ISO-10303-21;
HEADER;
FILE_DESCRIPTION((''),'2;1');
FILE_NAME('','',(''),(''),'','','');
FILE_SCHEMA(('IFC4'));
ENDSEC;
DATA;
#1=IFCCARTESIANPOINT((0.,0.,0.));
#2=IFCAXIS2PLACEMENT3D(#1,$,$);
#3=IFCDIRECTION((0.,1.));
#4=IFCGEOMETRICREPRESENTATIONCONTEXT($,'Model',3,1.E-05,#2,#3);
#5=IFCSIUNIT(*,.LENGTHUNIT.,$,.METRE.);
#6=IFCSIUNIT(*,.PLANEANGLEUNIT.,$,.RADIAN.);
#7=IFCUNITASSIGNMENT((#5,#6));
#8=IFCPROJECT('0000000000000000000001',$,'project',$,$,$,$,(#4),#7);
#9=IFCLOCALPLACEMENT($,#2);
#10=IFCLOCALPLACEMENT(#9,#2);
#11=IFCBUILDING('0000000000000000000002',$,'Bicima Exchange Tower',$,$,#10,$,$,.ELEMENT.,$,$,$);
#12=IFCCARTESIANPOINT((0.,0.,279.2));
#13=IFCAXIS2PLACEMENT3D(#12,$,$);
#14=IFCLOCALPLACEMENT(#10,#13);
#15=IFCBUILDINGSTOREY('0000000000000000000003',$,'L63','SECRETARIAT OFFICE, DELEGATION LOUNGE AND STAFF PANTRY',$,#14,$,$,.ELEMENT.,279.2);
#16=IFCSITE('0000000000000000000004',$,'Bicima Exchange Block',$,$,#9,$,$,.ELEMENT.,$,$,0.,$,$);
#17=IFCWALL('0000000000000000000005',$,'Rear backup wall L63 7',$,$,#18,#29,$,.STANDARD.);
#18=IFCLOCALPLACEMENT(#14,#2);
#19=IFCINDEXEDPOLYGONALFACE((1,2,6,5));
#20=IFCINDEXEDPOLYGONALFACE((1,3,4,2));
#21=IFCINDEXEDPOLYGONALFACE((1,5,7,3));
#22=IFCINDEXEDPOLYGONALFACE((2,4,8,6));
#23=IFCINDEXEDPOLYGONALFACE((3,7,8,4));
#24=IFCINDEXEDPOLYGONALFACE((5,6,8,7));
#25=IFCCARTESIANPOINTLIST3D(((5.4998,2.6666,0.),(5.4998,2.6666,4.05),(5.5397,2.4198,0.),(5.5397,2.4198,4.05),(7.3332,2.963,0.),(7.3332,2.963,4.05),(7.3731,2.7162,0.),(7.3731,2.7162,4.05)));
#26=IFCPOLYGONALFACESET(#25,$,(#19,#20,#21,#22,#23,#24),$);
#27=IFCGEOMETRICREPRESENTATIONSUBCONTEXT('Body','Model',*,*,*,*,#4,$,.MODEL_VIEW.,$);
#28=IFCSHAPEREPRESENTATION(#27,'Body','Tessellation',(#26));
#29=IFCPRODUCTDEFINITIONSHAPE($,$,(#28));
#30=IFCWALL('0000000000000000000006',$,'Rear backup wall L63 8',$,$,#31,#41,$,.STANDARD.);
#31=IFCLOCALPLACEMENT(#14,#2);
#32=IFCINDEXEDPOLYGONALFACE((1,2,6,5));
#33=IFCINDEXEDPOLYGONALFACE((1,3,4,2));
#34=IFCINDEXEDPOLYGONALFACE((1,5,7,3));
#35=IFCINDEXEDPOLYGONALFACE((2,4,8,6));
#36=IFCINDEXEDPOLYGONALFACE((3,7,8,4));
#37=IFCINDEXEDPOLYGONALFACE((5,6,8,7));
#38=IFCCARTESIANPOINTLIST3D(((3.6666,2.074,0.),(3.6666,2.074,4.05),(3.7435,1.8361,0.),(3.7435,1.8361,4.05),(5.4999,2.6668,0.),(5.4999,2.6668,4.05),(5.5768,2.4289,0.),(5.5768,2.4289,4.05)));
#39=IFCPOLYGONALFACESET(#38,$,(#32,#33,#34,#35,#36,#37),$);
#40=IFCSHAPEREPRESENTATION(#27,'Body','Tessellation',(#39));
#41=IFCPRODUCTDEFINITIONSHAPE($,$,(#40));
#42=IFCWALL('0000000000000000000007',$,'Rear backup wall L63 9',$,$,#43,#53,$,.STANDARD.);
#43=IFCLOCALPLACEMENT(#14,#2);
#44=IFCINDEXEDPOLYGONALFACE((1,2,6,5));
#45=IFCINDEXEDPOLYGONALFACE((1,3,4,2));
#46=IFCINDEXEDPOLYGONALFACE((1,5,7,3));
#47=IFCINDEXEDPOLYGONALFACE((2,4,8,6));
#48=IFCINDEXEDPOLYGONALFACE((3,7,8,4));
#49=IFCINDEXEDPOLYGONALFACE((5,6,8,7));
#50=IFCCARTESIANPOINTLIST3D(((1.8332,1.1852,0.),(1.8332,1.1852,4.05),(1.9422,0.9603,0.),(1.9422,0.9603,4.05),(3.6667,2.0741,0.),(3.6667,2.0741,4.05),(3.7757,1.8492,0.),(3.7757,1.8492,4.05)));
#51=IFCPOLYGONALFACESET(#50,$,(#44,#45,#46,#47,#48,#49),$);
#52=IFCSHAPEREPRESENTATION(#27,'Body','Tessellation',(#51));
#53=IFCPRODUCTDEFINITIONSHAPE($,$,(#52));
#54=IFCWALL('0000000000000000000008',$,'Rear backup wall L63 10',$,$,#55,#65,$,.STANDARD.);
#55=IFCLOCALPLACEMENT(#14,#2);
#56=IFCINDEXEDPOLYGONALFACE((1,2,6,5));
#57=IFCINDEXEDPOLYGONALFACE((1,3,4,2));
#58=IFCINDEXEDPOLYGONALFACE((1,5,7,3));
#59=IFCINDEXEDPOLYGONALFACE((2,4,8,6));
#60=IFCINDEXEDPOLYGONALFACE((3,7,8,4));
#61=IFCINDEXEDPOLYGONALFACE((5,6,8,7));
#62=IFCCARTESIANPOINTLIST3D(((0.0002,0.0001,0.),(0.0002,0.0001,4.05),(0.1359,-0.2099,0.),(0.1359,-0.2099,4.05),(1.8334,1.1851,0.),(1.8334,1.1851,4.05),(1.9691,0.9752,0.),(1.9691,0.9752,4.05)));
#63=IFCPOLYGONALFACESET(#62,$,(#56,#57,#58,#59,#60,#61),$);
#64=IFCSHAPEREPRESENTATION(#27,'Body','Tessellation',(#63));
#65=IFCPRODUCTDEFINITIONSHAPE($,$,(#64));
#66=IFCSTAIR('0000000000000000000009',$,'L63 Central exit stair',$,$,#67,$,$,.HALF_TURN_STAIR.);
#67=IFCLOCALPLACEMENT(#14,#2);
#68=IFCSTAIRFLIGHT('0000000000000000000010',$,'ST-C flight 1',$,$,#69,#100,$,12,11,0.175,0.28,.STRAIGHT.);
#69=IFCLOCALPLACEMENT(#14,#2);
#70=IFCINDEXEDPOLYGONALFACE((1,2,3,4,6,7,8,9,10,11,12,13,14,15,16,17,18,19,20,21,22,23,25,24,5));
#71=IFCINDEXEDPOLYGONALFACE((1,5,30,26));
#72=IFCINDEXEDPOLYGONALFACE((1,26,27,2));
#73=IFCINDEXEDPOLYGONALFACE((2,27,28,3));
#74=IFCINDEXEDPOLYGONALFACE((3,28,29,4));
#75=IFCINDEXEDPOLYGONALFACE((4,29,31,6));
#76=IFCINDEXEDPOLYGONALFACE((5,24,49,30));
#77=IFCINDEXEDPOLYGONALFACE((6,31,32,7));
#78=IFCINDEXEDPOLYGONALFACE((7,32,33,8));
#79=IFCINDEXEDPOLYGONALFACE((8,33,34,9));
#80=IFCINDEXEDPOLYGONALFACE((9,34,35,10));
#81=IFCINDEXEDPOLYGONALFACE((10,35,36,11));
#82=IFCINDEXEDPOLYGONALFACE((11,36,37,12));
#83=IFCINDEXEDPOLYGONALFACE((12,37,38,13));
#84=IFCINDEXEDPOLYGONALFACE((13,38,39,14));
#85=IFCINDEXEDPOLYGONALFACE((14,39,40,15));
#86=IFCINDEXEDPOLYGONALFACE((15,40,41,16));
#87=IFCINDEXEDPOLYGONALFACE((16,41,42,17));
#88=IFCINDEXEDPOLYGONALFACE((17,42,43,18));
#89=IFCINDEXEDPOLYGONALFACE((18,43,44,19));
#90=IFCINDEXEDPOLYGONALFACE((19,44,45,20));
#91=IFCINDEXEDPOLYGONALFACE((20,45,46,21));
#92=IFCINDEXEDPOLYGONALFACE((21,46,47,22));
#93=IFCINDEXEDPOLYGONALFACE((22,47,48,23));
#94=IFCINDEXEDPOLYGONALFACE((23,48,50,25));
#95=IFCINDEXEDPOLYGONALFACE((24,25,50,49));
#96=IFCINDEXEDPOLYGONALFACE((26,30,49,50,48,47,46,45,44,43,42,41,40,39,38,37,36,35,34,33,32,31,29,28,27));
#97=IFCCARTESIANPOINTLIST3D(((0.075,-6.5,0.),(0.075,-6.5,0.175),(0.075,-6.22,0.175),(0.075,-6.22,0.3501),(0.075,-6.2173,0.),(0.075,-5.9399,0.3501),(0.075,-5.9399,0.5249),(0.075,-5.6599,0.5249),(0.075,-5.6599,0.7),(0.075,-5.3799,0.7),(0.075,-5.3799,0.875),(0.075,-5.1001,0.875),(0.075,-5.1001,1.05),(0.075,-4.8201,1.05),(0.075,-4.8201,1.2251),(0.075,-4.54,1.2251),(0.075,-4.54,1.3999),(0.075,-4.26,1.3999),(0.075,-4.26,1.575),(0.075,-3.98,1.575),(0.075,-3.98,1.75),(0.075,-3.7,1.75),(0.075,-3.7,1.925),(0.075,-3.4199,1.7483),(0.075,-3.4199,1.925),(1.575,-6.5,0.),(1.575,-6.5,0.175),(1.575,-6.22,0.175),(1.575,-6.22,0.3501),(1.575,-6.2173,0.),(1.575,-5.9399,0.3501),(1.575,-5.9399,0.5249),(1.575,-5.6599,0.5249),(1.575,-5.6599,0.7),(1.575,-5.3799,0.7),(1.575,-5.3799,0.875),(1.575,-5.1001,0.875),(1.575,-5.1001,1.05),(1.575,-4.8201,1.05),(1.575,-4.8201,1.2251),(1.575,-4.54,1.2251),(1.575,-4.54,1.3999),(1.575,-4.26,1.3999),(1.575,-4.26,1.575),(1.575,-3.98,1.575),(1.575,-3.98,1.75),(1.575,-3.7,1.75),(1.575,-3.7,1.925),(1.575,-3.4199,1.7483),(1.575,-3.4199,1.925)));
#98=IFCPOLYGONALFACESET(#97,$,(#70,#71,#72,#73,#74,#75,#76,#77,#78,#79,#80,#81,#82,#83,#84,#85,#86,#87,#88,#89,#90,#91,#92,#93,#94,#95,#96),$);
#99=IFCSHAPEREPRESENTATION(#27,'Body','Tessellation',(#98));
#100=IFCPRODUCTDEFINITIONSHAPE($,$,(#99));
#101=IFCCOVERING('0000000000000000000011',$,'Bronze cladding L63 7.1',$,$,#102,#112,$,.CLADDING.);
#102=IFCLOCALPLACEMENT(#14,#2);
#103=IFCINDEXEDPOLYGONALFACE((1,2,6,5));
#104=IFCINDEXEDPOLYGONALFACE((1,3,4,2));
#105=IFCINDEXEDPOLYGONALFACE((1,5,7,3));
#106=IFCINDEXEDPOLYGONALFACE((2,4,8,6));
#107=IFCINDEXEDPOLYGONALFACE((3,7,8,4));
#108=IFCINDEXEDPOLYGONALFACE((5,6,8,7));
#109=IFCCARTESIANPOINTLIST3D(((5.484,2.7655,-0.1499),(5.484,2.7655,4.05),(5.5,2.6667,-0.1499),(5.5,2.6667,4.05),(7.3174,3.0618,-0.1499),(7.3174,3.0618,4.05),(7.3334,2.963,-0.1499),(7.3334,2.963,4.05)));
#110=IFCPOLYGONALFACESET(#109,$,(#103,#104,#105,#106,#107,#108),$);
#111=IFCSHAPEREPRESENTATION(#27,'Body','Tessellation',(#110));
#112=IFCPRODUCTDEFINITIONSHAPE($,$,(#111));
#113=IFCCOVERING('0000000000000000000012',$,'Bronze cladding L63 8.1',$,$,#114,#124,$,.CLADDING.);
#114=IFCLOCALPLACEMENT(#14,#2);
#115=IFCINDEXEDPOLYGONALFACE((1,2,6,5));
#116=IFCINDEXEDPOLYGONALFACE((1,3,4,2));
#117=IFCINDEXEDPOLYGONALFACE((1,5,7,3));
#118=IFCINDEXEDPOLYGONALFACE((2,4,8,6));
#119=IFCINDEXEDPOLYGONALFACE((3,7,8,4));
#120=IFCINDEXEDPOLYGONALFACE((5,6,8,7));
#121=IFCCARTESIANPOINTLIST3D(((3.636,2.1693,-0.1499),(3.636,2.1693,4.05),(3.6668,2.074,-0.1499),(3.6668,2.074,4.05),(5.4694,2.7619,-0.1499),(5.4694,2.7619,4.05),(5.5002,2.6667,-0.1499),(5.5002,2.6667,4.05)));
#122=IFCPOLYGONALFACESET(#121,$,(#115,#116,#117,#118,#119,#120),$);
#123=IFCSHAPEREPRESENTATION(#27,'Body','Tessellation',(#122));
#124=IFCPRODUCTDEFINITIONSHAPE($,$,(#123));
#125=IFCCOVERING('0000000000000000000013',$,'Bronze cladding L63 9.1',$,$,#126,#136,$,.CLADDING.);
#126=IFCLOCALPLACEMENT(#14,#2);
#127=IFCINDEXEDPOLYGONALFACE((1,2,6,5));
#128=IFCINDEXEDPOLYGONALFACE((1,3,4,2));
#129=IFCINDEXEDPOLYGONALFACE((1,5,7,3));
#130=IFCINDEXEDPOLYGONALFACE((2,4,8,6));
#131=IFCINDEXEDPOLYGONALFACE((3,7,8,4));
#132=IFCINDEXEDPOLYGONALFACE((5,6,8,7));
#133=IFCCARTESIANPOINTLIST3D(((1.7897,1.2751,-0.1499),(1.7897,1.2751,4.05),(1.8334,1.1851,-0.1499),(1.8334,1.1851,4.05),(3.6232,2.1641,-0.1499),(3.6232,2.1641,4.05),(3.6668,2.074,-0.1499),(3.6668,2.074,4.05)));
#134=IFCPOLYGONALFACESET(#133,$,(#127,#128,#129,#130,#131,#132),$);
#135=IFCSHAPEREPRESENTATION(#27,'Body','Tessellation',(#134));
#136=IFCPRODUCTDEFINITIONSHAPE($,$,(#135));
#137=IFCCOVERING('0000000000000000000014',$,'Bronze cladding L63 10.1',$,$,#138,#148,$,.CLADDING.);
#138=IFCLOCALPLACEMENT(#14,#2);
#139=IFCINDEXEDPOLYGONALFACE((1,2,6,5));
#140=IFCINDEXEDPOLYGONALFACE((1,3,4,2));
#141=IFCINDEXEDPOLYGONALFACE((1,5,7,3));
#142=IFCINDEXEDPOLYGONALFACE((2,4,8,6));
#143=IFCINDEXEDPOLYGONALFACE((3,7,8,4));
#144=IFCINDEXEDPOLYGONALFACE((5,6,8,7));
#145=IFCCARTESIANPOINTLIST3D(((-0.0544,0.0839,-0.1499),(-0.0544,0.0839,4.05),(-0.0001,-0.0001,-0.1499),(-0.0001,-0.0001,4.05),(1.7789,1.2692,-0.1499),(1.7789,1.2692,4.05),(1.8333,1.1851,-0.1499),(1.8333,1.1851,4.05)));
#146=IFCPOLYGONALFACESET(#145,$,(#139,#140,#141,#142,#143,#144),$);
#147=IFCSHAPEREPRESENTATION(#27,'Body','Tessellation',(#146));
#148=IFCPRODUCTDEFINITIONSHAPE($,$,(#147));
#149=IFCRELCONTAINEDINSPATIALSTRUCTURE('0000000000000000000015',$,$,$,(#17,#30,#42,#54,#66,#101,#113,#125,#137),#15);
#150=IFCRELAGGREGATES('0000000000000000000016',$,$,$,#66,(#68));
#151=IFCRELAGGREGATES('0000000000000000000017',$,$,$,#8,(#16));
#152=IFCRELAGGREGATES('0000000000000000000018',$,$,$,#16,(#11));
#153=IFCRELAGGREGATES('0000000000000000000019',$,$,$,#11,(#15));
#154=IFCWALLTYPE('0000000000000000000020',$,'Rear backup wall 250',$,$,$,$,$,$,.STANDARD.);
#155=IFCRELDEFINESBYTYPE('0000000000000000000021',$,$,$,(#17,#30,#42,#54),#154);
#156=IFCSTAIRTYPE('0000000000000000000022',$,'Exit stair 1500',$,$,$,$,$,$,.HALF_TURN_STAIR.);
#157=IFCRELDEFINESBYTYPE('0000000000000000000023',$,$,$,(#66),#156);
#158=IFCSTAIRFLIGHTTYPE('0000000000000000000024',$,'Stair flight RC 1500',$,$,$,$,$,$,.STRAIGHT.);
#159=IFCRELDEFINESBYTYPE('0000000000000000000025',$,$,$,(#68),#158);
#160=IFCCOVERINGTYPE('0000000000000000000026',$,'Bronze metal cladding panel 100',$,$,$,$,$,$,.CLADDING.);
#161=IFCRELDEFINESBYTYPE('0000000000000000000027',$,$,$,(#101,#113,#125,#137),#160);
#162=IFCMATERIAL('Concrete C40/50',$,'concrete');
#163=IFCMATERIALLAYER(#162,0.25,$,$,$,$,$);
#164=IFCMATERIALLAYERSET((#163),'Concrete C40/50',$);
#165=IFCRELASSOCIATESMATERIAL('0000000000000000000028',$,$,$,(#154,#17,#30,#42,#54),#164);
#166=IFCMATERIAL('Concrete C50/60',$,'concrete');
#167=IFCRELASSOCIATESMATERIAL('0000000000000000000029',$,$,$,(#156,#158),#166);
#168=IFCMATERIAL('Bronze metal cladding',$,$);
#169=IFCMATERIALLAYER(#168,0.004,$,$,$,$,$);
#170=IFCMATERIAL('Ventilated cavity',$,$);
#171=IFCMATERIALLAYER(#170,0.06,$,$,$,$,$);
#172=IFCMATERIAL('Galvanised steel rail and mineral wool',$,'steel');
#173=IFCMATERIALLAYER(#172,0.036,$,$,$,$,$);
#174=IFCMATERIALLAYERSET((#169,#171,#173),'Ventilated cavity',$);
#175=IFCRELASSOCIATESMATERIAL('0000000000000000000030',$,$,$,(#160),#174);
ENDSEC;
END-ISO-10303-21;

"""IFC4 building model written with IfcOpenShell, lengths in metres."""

from ifc_helpers import new_model, si_unit, direction, frame, frame_2d, origin, origin_2d, place, context, subcontext, project, spatial, polyline, rectangle, outline, extrude, material, layer, layer_set, layer_usage, type_object, element, aggregate, save


model = new_model("IFC4")

# Units and contexts
model_context = context("Model", 3, precision=1e-05, world=origin(), true_north=direction((0.0, 1.0)))
body_context = subcontext(model_context, "Body", "Model", "MODEL_VIEW")
ifc_project = project(units=[si_unit("LENGTHUNIT", "METRE"), si_unit("PLANEANGLEUNIT", "RADIAN")], contexts=[model_context])

# Site, building, storey
site_placement = place(None, origin())
site = spatial("IfcSite", under=ifc_project, at=site_placement, Name="Bicima Exchange Block", CompositionType="ELEMENT", RefElevation=0.0)
building_placement = place(site_placement, origin())
building = spatial("IfcBuilding", under=site, at=building_placement, Name="Bicima Exchange Tower", CompositionType="ELEMENT")
storey_placement = place(building_placement, frame((0.0, 0.0, 279.2)))
storey = spatial("IfcBuildingStorey", under=building, at=storey_placement, Name="L63", Description="SECRETARIAT OFFICE, DELEGATION LOUNGE AND STAFF PANTRY", CompositionType="ELEMENT", Elevation=279.2)

# Shared definitions
ifc_material_1 = material(Name="Concrete C50/60", Category="concrete")

# Shared definitions
ifc_material_2 = material(Name="Concrete C40/50", Category="concrete")

# Walls
ifc_layer_1 = layer(ifc_material_2, 0.25)
ifc_layer_set_1 = layer_set([ifc_layer_1], Name="Concrete C40/50")
ifc_layer_usage = layer_usage(ifc_layer_set_1, "AXIS2", "POSITIVE", -0.125)
wall_type_1 = type_object("IfcWallType", Name="Rear backup wall 250", PredefinedType="STANDARD", material=ifc_layer_set_1)
wall_1_placement = place(storey_placement, frame((7.3533, 2.8396, 0.0), z_axis=(0.0, 0.0, 1.0), x_axis=(-0.987182, -0.1596, 0.0)))
element("IfcWall", 1, at=wall_1_placement, inside=storey, type_object=wall_type_1, material=ifc_layer_usage, Name="Rear backup wall L63 7", PredefinedType="STANDARD", context=body_context, shape_type="SweptSolid", body=[
    extrude(rectangle(XDim=1.8572, YDim=0.25, at=frame_2d((0.9287, 0.0))), origin(), (0.0, 0.0, 1.0), 4.05),
])
wall_2_placement = place(storey_placement, frame((5.5383, 2.5479, 0.0), z_axis=(0.0, 0.0, 1.0), x_axis=(-0.951496, -0.307662, 0.0)))
element("IfcWall", 2, at=wall_2_placement, inside=storey, type_object=wall_type_1, material=ifc_layer_usage, Name="Rear backup wall L63 8", PredefinedType="STANDARD", context=body_context, shape_type="SweptSolid", body=[
    extrude(rectangle(XDim=1.9268, YDim=0.25, at=frame_2d((0.9634, 0.0))), origin(), (0.0, 0.0, 1.0), 4.05),
])
wall_3_placement = place(storey_placement, frame((3.7212, 1.9617, 0.0), z_axis=(0.0, 0.0, 1.0), x_axis=(-0.899824, -0.436253, 0.0)))
element("IfcWall", 3, at=wall_3_placement, inside=storey, type_object=wall_type_1, material=ifc_layer_usage, Name="Rear backup wall L63 9", PredefinedType="STANDARD", context=body_context, shape_type="SweptSolid", body=[
    extrude(rectangle(XDim=2.0376, YDim=0.25, at=frame_2d((1.0188, 0.0))), origin(), (0.0, 0.0, 1.0), 4.05),
])
wall_4_placement = place(storey_placement, frame((1.9011, 1.0801, 0.0), z_axis=(0.0, 0.0, 1.0), x_axis=(-0.839813, -0.542876, 0.0)))
element("IfcWall", 4, at=wall_4_placement, inside=storey, type_object=wall_type_1, material=ifc_layer_usage, Name="Rear backup wall L63 10", PredefinedType="STANDARD", context=body_context, shape_type="SweptSolid", body=[
    extrude(rectangle(XDim=2.1829, YDim=0.25, at=frame_2d((1.0913, 0.0))), origin(), (0.0, 0.0, 1.0), 4.05),
])

# Stair, stair flight
stair_type_1 = type_object("IfcStairType", Name="Exit stair 1500", PredefinedType="HALF_TURN_STAIR", material=ifc_material_1)
stair_1_placement = place(storey_placement, origin())
stair_1 = element("IfcStair", 5, at=stair_1_placement, inside=storey, type_object=stair_type_1, Name="L63 Central exit stair", PredefinedType="HALF_TURN_STAIR")
stair_flight_type = type_object("IfcStairFlightType", Name="Stair flight RC 1500", PredefinedType="STRAIGHT", material=ifc_material_1)
stair_flight_placement = place(storey_placement, frame((0.825, -6.5, 0.0), z_axis=(0.0, 0.0, 1.0), x_axis=(0.0, 1.0, 0.0)))
stair_flight = element("IfcStairFlight", 6, at=stair_flight_placement, type_object=stair_flight_type, Name="ST-C flight 1", NumberOfRisers=12, NumberOfTreads=11, PredefinedType="STRAIGHT", RiserHeight=0.175, TreadLength=0.28, context=body_context, shape_type="SweptSolid", body=[
    extrude(outline(polyline([(0.0, 0.0), (0.0, 0.175), (0.28, 0.175), (0.28, 0.3501), (0.5601, 0.3501), (0.5601, 0.5249), (0.8401, 0.5249), (0.8401, 0.7), (1.1201, 0.7), (1.1201, 0.875), (1.3999, 0.875), (1.3999, 1.05), (1.6799, 1.05), (1.6799, 1.2251), (1.96, 1.2251), (1.96, 1.3999), (2.24, 1.3999), (2.24, 1.575), (2.52, 1.575), (2.52, 1.75), (2.8, 1.75), (2.8, 1.925), (3.0801, 1.925), (3.0801, 2.1001), (3.0801, 1.7483), (0.2827, 0.0), (0.0, 0.0)])), frame((0.0, 0.75, 0.0), z_axis=(0.0, -1.0, 0.0), x_axis=(1.0, 0.0, 0.0)), (0.0, 0.0, 1.0), 1.5),
])
aggregate(stair_1, [stair_flight])

# Coverings
ifc_material_3 = material(Name="Bronze metal cladding")
ifc_layer_2 = layer(ifc_material_3, 0.004)
ifc_material_4 = material(Name="Ventilated cavity")
ifc_layer_3 = layer(ifc_material_4, 0.06)
ifc_material_5 = material(Name="Galvanised steel rail and mineral wool", Category="steel")
ifc_layer_4 = layer(ifc_material_5, 0.036)
ifc_layer_set_2 = layer_set([ifc_layer_2, ifc_layer_3, ifc_layer_4], Name="Ventilated cavity")
covering_type = type_object("IfcCoveringType", Name="Bronze metal cladding panel 100", PredefinedType="CLADDING", material=ifc_layer_set_2)
covering_1_placement = place(storey_placement, frame((6.4087, 2.8643, -0.1499), z_axis=(0.0, 0.0, 1.0), x_axis=(-0.98719, -0.15955, 0.0)))
element("IfcCovering", 7, at=covering_1_placement, inside=storey, type_object=covering_type, Name="Bronze cladding L63 7.1", PredefinedType="CLADDING", context=body_context, shape_type="SweptSolid", body=[
    extrude(rectangle(XDim=1.8572, YDim=0.1001, at=origin_2d()), origin(), (0.0, 0.0, 1.0), 4.2),
])
covering_2_placement = place(storey_placement, frame((4.5681, 2.418, -0.1499), z_axis=(0.0, 0.0, 1.0), x_axis=(-0.951525, -0.307573, 0.0)))
element("IfcCovering", 8, at=covering_2_placement, inside=storey, type_object=covering_type, Name="Bronze cladding L63 8.1", PredefinedType="CLADDING", context=body_context, shape_type="SweptSolid", body=[
    extrude(rectangle(XDim=1.9268, YDim=0.1001, at=origin_2d()), origin(), (0.0, 0.0, 1.0), 4.2),
])
covering_3_placement = place(storey_placement, frame((2.7283, 1.6746, -0.1499), z_axis=(0.0, 0.0, 1.0), x_axis=(-0.899818, -0.436265, 0.0)))
element("IfcCovering", 9, at=covering_3_placement, inside=storey, type_object=covering_type, Name="Bronze cladding L63 9.1", PredefinedType="CLADDING", context=body_context, shape_type="SweptSolid", body=[
    extrude(rectangle(XDim=2.0376, YDim=0.1001, at=origin_2d()), origin(), (0.0, 0.0, 1.0), 4.2),
])
covering_4_placement = place(storey_placement, frame((0.8894, 0.6345, -0.1499), z_axis=(0.0, 0.0, 1.0), x_axis=(-0.83979, -0.542911, 0.0)))
element("IfcCovering", 10, at=covering_4_placement, inside=storey, type_object=covering_type, Name="Bronze cladding L63 10.1", PredefinedType="CLADDING", context=body_context, shape_type="SweptSolid", body=[
    extrude(rectangle(XDim=2.1831, YDim=0.1001, at=origin_2d()), origin(), (0.0, 0.0, 1.0), 4.2),
])

save(model, "model.ifc")
